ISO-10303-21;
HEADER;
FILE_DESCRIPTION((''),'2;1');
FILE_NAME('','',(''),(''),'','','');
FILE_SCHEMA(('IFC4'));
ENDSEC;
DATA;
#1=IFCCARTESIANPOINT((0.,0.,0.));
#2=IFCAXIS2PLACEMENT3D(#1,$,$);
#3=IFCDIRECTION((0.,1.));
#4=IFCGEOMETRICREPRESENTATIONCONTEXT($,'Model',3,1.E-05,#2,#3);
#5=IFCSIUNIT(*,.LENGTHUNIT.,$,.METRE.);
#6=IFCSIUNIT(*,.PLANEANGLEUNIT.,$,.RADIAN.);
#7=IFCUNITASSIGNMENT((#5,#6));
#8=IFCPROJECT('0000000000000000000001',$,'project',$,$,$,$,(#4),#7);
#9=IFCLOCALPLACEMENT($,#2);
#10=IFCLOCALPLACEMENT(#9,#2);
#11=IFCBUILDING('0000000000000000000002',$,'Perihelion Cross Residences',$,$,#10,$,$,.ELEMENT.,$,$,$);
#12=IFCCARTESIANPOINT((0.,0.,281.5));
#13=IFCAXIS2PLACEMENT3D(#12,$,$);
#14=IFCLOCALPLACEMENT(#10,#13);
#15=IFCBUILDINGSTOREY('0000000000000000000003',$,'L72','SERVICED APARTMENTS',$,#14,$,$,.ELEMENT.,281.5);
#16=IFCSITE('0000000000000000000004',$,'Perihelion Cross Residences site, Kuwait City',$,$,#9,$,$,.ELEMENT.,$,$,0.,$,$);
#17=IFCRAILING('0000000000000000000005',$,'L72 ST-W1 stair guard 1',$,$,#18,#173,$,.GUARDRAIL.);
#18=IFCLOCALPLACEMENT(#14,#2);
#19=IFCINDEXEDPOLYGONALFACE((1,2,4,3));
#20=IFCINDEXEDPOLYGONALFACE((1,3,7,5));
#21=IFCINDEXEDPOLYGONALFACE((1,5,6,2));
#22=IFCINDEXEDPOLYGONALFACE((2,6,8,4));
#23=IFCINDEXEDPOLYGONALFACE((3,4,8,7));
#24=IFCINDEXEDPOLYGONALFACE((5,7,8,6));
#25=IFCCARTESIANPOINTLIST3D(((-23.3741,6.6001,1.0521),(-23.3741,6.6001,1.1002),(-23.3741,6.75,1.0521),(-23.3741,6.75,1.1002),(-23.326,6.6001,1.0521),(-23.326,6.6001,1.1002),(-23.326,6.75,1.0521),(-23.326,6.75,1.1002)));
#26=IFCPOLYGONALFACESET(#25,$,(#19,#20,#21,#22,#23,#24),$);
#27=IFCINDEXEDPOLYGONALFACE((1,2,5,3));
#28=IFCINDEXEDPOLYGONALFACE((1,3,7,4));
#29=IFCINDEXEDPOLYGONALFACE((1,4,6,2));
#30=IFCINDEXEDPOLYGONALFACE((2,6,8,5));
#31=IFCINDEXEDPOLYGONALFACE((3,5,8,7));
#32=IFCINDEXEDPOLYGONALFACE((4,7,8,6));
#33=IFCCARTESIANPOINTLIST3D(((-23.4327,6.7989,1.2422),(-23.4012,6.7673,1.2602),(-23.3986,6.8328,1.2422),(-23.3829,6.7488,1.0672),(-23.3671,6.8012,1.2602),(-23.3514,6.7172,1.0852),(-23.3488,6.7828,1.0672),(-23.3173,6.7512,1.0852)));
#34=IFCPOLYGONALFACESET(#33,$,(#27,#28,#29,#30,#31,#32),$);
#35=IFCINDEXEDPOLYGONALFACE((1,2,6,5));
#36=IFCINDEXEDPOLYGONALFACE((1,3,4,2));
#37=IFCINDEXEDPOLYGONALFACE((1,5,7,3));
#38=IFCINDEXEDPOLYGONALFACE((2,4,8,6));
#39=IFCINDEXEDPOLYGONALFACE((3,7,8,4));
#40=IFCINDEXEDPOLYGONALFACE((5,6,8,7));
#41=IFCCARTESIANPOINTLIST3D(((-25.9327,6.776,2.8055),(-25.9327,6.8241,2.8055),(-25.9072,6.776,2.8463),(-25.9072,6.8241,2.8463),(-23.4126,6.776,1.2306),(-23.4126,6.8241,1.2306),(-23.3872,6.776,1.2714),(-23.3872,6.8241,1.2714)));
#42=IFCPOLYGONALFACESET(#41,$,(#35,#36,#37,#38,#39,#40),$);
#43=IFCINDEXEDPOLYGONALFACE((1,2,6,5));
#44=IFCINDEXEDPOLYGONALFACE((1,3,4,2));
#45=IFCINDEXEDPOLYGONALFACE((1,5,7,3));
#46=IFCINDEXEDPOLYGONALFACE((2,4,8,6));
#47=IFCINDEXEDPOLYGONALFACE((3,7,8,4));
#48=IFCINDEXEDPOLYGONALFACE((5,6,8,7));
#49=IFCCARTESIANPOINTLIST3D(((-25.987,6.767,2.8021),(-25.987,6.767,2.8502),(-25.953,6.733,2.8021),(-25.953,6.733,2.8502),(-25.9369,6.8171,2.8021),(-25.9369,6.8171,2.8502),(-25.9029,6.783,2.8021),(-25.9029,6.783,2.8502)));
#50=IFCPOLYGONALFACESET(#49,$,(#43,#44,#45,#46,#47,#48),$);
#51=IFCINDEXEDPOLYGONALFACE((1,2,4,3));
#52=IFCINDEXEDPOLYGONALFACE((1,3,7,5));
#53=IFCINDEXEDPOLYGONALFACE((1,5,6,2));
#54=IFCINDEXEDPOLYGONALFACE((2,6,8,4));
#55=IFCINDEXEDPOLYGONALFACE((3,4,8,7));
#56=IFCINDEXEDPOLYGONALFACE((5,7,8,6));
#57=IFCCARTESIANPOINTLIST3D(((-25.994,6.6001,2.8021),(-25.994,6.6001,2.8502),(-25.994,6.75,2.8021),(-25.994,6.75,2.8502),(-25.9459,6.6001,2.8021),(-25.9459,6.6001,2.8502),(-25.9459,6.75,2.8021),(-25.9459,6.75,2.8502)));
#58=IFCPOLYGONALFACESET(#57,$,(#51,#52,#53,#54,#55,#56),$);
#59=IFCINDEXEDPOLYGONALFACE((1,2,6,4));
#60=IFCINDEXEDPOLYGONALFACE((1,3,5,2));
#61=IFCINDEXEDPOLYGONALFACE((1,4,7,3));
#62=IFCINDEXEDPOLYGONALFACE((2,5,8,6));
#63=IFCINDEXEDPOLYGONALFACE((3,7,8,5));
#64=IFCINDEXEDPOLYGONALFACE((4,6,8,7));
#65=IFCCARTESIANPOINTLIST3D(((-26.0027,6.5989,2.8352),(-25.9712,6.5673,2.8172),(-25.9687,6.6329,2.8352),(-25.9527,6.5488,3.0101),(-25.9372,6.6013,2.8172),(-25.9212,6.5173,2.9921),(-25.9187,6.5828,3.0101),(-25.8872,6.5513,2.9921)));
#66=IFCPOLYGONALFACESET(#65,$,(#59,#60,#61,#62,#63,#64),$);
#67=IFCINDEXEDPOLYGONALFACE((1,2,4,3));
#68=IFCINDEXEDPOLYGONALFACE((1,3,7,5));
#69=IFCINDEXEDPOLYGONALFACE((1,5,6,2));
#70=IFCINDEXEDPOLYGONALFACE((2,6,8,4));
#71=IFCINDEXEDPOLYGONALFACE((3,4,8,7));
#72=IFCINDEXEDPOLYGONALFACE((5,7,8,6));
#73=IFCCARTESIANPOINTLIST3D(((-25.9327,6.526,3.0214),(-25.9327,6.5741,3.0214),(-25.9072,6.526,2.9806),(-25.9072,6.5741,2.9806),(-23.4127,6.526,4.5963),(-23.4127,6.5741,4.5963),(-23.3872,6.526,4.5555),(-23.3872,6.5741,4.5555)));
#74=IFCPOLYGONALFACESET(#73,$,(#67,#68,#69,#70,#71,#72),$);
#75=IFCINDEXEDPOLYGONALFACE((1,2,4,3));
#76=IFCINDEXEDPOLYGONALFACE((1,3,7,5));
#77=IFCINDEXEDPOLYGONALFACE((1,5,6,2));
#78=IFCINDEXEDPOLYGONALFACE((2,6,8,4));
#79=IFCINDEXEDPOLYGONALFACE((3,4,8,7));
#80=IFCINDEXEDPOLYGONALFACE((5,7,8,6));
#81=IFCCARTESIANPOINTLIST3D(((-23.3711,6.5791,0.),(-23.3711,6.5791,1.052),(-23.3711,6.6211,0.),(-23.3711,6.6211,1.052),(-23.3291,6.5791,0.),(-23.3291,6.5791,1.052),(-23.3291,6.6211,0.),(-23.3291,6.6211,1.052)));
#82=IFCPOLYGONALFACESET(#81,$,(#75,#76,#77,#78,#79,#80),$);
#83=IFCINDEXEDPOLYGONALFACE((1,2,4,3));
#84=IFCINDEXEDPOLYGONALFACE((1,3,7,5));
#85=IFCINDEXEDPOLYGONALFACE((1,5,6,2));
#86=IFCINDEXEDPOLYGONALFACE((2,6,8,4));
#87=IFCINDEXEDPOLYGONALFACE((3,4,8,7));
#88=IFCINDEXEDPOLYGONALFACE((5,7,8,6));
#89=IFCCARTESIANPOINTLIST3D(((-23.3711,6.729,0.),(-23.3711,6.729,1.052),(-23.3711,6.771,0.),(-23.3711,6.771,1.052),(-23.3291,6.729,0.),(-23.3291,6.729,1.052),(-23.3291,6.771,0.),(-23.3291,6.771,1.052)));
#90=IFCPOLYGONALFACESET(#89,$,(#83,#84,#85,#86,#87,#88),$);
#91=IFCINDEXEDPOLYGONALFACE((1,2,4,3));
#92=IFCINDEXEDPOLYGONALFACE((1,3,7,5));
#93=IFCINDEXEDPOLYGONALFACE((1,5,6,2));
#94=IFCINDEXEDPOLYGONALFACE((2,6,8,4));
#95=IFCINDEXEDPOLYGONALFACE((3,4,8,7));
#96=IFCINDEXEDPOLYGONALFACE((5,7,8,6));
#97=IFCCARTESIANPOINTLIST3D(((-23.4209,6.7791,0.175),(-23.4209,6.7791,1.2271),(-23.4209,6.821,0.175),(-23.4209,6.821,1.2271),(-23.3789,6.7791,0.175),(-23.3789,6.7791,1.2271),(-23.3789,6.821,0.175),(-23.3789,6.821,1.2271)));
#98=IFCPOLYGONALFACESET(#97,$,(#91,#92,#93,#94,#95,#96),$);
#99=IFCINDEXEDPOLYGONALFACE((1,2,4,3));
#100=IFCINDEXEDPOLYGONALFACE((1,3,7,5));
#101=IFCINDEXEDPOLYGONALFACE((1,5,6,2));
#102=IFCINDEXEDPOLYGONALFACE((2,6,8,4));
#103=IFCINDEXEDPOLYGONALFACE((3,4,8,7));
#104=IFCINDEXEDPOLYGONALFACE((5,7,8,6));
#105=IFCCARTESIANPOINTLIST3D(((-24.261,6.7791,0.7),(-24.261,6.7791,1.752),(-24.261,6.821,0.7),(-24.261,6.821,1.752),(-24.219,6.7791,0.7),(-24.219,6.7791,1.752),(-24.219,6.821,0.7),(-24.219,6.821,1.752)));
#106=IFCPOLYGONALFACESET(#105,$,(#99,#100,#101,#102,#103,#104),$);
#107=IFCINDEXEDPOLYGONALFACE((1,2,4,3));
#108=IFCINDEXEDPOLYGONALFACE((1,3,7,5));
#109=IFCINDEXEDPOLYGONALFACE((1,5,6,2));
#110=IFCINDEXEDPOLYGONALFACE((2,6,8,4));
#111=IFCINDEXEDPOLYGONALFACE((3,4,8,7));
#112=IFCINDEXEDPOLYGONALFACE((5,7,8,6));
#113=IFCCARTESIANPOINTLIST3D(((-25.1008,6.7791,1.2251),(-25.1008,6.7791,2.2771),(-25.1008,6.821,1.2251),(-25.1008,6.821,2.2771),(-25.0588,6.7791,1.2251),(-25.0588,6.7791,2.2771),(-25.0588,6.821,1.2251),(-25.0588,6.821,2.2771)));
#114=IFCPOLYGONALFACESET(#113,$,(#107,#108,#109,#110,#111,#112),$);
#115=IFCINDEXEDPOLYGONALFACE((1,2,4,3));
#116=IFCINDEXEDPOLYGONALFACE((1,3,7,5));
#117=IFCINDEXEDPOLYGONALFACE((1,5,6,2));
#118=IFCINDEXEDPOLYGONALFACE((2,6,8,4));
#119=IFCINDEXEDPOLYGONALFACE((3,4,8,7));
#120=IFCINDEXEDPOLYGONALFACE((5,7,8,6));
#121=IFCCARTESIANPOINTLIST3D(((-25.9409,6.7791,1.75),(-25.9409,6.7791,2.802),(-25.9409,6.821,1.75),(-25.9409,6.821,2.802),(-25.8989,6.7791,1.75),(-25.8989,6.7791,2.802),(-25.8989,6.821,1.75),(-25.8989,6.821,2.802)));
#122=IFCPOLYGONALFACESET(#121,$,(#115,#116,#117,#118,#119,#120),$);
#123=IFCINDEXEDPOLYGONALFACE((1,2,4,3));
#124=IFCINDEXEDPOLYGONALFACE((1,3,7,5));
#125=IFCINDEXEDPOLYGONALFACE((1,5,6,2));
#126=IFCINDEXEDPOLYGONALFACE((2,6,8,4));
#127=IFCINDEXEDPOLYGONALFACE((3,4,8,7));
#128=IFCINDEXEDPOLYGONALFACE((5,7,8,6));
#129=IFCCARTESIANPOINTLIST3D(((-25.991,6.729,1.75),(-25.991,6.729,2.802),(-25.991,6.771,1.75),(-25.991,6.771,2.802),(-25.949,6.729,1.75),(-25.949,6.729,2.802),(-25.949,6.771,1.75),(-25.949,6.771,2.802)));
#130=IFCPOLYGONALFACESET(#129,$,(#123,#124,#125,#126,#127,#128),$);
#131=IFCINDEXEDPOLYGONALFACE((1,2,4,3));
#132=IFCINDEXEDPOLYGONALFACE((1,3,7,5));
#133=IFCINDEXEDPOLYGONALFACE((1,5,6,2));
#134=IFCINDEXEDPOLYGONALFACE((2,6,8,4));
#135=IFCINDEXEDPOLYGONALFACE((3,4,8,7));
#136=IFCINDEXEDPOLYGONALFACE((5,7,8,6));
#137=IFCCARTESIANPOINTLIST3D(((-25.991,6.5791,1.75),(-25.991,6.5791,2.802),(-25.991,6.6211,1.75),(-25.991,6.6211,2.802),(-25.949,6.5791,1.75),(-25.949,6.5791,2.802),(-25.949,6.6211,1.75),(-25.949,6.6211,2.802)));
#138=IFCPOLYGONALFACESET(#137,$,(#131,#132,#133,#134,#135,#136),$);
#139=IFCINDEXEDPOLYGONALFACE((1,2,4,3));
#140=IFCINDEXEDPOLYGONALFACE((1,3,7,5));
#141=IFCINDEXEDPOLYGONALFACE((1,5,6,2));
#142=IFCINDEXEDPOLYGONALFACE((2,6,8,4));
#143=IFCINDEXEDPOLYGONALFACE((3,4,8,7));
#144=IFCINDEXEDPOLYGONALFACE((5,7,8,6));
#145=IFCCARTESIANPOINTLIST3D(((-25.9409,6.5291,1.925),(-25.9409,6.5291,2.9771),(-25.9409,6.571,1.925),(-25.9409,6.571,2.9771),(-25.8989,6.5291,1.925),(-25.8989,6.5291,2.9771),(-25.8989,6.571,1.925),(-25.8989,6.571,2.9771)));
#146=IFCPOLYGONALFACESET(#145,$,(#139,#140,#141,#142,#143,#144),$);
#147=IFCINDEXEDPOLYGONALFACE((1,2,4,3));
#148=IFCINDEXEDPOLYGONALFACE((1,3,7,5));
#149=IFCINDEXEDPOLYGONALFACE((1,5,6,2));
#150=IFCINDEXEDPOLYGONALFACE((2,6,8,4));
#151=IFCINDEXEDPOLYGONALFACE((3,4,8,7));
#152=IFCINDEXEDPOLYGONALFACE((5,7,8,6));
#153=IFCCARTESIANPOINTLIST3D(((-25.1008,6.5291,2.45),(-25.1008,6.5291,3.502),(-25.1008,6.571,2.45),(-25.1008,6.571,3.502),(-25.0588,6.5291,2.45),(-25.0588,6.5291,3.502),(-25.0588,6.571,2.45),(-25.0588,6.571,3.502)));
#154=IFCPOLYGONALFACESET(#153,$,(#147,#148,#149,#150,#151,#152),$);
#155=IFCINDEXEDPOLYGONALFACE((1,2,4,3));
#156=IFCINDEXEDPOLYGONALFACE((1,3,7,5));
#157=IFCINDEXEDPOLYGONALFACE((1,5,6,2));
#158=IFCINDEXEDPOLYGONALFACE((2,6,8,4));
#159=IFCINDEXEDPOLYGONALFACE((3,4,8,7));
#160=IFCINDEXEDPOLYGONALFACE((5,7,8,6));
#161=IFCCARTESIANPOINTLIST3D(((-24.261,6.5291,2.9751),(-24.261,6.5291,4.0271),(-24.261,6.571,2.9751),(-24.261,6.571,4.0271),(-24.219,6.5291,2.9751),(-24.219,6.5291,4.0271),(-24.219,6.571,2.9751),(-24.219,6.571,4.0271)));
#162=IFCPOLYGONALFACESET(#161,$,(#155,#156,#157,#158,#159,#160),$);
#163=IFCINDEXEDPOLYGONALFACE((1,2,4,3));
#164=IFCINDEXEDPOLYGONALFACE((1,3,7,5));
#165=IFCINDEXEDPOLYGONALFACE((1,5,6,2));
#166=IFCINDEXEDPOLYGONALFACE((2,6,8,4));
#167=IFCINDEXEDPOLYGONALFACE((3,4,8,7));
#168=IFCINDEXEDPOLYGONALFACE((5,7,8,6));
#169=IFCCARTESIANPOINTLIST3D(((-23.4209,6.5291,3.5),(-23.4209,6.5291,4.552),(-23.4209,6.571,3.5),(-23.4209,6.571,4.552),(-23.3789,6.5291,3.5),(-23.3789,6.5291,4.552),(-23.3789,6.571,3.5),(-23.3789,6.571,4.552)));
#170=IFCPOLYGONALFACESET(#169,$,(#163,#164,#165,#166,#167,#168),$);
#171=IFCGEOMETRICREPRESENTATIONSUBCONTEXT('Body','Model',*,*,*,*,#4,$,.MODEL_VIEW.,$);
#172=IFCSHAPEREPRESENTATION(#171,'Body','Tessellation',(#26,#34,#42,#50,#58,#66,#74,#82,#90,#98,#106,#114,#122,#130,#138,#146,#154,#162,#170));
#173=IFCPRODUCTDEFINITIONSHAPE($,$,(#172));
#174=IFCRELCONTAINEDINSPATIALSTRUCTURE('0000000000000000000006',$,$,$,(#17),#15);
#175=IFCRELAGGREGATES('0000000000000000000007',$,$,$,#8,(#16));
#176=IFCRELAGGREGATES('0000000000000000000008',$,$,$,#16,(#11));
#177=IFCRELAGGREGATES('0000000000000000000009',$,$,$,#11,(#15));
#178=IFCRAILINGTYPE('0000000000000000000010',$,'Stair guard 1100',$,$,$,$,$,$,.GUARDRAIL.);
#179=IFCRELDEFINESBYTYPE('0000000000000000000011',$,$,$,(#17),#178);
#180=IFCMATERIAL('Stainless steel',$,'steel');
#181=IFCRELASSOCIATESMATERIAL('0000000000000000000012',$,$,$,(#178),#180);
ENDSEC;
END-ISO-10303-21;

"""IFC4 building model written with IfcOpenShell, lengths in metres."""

from ifc_helpers import new_model, si_unit, direction, frame, origin, origin_2d, place, context, subcontext, project, spatial, rectangle, extrude, material, type_object, element, save


model = new_model("IFC4")

# Units and contexts
model_context = context("Model", 3, precision=1e-05, world=origin(), true_north=direction((0.0, 1.0)))
body_context = subcontext(model_context, "Body", "Model", "MODEL_VIEW")
ifc_project = project(units=[si_unit("LENGTHUNIT", "METRE"), si_unit("PLANEANGLEUNIT", "RADIAN")], contexts=[model_context])

# Site, building, storey
site_placement = place(None, origin())
site = spatial("IfcSite", under=ifc_project, at=site_placement, Name="Perihelion Cross Residences site, Kuwait City", CompositionType="ELEMENT", RefElevation=0.0)
building_placement = place(site_placement, origin())
building = spatial("IfcBuilding", under=site, at=building_placement, Name="Perihelion Cross Residences", CompositionType="ELEMENT")
storey_placement = place(building_placement, frame((0.0, 0.0, 281.5)))
storey = spatial("IfcBuildingStorey", under=building, at=storey_placement, Name="L72", Description="SERVICED APARTMENTS", CompositionType="ELEMENT", Elevation=281.5)

# Railing
ifc_material_1 = material(Name="Stainless steel", Category="steel")
railing_type_1 = type_object("IfcRailingType", Name="Stair guard 1100", PredefinedType="GUARDRAIL", material=ifc_material_1)
railing_1_placement = place(storey_placement, frame((-23.3501, 6.6001, 0.0)))
element("IfcRailing", 1, at=railing_1_placement, inside=storey, type_object=railing_type_1, Name="L72 ST-W1 stair guard 1", PredefinedType="GUARDRAIL", context=body_context, shape_type="SweptSolid", body=[
    extrude(rectangle(XDim=0.0481, YDim=0.0481, at=origin_2d()), frame((0.0, 0.0, 1.0762), z_axis=(0.0, 1.0, 0.0), x_axis=(-1.0, 0.0, 0.0)), (0.0, 0.0, 1.0), 0.1499),
    extrude(rectangle(XDim=0.0481, YDim=0.0481, at=origin_2d()), frame((0.0, 0.1499, 1.0762), z_axis=(-0.263862, 0.265156, 0.927399), x_axis=(-0.708834, -0.705376, 0.0)), (0.0, 0.0, 1.0), 0.1887),
    extrude(rectangle(XDim=0.0481, YDim=0.0481, at=origin_2d()), frame((-0.0498, 0.2, 1.251), z_axis=(-0.848008, 0.0, 0.529984), x_axis=(0.0, -1.0, 0.0)), (0.0, 0.0, 1.0), 2.9717),
    extrude(rectangle(XDim=0.0481, YDim=0.0481, at=origin_2d()), frame((-2.5698, 0.2, 2.8262), z_axis=(-0.707107, -0.707107, 0.0), x_axis=(0.707107, -0.707107, 0.0)), (0.0, 0.0, 1.0), 0.0708),
    extrude(rectangle(XDim=0.0481, YDim=0.0481, at=origin_2d()), frame((-2.6199, 0.1499, 2.8262), z_axis=(0.0, -1.0, 0.0), x_axis=(1.0, 0.0, 0.0)), (0.0, 0.0, 1.0), 0.1499),
    extrude(rectangle(XDim=0.0481, YDim=0.0481, at=origin_2d()), frame((-2.6199, 0.0, 2.8262), z_axis=(0.265065, -0.265065, 0.927082), x_axis=(0.707107, 0.707107, 0.0)), (0.0, 0.0, 1.0), 0.1887),
    extrude(rectangle(XDim=0.0481, YDim=0.0481, at=origin_2d()), frame((-2.5698, -0.05, 3.001), z_axis=(0.848008, 0.0, 0.529984), x_axis=(0.0, 1.0, 0.0)), (0.0, 0.0, 1.0), 2.9717),
    extrude(rectangle(XDim=0.042, YDim=0.042, at=origin_2d()), origin(), (0.0, 0.0, 1.0), 1.052),
    extrude(rectangle(XDim=0.042, YDim=0.042, at=origin_2d()), frame((0.0, 0.1499, 0.0)), (0.0, 0.0, 1.0), 1.052),
    extrude(rectangle(XDim=0.042, YDim=0.042, at=origin_2d()), frame((-0.0498, 0.2, 0.175)), (0.0, 0.0, 1.0), 1.052),
    extrude(rectangle(XDim=0.042, YDim=0.042, at=origin_2d()), frame((-0.8899, 0.2, 0.7)), (0.0, 0.0, 1.0), 1.052),
    extrude(rectangle(XDim=0.042, YDim=0.042, at=origin_2d()), frame((-1.7297, 0.2, 1.2251)), (0.0, 0.0, 1.0), 1.052),
    extrude(rectangle(XDim=0.042, YDim=0.042, at=origin_2d()), frame((-2.5698, 0.2, 1.75)), (0.0, 0.0, 1.0), 1.052),
    extrude(rectangle(XDim=0.042, YDim=0.042, at=origin_2d()), frame((-2.6199, 0.1499, 1.75)), (0.0, 0.0, 1.0), 1.052),
    extrude(rectangle(XDim=0.042, YDim=0.042, at=origin_2d()), frame((-2.6199, 0.0, 1.75)), (0.0, 0.0, 1.0), 1.052),
    extrude(rectangle(XDim=0.042, YDim=0.042, at=origin_2d()), frame((-2.5698, -0.05, 1.925)), (0.0, 0.0, 1.0), 1.052),
    extrude(rectangle(XDim=0.042, YDim=0.042, at=origin_2d()), frame((-1.7297, -0.05, 2.45)), (0.0, 0.0, 1.0), 1.052),
    extrude(rectangle(XDim=0.042, YDim=0.042, at=origin_2d()), frame((-0.8899, -0.05, 2.9751)), (0.0, 0.0, 1.0), 1.052),
    extrude(rectangle(XDim=0.042, YDim=0.042, at=origin_2d()), frame((-0.0498, -0.05, 3.5)), (0.0, 0.0, 1.0), 1.052),
])

save(model, "model.ifc")
